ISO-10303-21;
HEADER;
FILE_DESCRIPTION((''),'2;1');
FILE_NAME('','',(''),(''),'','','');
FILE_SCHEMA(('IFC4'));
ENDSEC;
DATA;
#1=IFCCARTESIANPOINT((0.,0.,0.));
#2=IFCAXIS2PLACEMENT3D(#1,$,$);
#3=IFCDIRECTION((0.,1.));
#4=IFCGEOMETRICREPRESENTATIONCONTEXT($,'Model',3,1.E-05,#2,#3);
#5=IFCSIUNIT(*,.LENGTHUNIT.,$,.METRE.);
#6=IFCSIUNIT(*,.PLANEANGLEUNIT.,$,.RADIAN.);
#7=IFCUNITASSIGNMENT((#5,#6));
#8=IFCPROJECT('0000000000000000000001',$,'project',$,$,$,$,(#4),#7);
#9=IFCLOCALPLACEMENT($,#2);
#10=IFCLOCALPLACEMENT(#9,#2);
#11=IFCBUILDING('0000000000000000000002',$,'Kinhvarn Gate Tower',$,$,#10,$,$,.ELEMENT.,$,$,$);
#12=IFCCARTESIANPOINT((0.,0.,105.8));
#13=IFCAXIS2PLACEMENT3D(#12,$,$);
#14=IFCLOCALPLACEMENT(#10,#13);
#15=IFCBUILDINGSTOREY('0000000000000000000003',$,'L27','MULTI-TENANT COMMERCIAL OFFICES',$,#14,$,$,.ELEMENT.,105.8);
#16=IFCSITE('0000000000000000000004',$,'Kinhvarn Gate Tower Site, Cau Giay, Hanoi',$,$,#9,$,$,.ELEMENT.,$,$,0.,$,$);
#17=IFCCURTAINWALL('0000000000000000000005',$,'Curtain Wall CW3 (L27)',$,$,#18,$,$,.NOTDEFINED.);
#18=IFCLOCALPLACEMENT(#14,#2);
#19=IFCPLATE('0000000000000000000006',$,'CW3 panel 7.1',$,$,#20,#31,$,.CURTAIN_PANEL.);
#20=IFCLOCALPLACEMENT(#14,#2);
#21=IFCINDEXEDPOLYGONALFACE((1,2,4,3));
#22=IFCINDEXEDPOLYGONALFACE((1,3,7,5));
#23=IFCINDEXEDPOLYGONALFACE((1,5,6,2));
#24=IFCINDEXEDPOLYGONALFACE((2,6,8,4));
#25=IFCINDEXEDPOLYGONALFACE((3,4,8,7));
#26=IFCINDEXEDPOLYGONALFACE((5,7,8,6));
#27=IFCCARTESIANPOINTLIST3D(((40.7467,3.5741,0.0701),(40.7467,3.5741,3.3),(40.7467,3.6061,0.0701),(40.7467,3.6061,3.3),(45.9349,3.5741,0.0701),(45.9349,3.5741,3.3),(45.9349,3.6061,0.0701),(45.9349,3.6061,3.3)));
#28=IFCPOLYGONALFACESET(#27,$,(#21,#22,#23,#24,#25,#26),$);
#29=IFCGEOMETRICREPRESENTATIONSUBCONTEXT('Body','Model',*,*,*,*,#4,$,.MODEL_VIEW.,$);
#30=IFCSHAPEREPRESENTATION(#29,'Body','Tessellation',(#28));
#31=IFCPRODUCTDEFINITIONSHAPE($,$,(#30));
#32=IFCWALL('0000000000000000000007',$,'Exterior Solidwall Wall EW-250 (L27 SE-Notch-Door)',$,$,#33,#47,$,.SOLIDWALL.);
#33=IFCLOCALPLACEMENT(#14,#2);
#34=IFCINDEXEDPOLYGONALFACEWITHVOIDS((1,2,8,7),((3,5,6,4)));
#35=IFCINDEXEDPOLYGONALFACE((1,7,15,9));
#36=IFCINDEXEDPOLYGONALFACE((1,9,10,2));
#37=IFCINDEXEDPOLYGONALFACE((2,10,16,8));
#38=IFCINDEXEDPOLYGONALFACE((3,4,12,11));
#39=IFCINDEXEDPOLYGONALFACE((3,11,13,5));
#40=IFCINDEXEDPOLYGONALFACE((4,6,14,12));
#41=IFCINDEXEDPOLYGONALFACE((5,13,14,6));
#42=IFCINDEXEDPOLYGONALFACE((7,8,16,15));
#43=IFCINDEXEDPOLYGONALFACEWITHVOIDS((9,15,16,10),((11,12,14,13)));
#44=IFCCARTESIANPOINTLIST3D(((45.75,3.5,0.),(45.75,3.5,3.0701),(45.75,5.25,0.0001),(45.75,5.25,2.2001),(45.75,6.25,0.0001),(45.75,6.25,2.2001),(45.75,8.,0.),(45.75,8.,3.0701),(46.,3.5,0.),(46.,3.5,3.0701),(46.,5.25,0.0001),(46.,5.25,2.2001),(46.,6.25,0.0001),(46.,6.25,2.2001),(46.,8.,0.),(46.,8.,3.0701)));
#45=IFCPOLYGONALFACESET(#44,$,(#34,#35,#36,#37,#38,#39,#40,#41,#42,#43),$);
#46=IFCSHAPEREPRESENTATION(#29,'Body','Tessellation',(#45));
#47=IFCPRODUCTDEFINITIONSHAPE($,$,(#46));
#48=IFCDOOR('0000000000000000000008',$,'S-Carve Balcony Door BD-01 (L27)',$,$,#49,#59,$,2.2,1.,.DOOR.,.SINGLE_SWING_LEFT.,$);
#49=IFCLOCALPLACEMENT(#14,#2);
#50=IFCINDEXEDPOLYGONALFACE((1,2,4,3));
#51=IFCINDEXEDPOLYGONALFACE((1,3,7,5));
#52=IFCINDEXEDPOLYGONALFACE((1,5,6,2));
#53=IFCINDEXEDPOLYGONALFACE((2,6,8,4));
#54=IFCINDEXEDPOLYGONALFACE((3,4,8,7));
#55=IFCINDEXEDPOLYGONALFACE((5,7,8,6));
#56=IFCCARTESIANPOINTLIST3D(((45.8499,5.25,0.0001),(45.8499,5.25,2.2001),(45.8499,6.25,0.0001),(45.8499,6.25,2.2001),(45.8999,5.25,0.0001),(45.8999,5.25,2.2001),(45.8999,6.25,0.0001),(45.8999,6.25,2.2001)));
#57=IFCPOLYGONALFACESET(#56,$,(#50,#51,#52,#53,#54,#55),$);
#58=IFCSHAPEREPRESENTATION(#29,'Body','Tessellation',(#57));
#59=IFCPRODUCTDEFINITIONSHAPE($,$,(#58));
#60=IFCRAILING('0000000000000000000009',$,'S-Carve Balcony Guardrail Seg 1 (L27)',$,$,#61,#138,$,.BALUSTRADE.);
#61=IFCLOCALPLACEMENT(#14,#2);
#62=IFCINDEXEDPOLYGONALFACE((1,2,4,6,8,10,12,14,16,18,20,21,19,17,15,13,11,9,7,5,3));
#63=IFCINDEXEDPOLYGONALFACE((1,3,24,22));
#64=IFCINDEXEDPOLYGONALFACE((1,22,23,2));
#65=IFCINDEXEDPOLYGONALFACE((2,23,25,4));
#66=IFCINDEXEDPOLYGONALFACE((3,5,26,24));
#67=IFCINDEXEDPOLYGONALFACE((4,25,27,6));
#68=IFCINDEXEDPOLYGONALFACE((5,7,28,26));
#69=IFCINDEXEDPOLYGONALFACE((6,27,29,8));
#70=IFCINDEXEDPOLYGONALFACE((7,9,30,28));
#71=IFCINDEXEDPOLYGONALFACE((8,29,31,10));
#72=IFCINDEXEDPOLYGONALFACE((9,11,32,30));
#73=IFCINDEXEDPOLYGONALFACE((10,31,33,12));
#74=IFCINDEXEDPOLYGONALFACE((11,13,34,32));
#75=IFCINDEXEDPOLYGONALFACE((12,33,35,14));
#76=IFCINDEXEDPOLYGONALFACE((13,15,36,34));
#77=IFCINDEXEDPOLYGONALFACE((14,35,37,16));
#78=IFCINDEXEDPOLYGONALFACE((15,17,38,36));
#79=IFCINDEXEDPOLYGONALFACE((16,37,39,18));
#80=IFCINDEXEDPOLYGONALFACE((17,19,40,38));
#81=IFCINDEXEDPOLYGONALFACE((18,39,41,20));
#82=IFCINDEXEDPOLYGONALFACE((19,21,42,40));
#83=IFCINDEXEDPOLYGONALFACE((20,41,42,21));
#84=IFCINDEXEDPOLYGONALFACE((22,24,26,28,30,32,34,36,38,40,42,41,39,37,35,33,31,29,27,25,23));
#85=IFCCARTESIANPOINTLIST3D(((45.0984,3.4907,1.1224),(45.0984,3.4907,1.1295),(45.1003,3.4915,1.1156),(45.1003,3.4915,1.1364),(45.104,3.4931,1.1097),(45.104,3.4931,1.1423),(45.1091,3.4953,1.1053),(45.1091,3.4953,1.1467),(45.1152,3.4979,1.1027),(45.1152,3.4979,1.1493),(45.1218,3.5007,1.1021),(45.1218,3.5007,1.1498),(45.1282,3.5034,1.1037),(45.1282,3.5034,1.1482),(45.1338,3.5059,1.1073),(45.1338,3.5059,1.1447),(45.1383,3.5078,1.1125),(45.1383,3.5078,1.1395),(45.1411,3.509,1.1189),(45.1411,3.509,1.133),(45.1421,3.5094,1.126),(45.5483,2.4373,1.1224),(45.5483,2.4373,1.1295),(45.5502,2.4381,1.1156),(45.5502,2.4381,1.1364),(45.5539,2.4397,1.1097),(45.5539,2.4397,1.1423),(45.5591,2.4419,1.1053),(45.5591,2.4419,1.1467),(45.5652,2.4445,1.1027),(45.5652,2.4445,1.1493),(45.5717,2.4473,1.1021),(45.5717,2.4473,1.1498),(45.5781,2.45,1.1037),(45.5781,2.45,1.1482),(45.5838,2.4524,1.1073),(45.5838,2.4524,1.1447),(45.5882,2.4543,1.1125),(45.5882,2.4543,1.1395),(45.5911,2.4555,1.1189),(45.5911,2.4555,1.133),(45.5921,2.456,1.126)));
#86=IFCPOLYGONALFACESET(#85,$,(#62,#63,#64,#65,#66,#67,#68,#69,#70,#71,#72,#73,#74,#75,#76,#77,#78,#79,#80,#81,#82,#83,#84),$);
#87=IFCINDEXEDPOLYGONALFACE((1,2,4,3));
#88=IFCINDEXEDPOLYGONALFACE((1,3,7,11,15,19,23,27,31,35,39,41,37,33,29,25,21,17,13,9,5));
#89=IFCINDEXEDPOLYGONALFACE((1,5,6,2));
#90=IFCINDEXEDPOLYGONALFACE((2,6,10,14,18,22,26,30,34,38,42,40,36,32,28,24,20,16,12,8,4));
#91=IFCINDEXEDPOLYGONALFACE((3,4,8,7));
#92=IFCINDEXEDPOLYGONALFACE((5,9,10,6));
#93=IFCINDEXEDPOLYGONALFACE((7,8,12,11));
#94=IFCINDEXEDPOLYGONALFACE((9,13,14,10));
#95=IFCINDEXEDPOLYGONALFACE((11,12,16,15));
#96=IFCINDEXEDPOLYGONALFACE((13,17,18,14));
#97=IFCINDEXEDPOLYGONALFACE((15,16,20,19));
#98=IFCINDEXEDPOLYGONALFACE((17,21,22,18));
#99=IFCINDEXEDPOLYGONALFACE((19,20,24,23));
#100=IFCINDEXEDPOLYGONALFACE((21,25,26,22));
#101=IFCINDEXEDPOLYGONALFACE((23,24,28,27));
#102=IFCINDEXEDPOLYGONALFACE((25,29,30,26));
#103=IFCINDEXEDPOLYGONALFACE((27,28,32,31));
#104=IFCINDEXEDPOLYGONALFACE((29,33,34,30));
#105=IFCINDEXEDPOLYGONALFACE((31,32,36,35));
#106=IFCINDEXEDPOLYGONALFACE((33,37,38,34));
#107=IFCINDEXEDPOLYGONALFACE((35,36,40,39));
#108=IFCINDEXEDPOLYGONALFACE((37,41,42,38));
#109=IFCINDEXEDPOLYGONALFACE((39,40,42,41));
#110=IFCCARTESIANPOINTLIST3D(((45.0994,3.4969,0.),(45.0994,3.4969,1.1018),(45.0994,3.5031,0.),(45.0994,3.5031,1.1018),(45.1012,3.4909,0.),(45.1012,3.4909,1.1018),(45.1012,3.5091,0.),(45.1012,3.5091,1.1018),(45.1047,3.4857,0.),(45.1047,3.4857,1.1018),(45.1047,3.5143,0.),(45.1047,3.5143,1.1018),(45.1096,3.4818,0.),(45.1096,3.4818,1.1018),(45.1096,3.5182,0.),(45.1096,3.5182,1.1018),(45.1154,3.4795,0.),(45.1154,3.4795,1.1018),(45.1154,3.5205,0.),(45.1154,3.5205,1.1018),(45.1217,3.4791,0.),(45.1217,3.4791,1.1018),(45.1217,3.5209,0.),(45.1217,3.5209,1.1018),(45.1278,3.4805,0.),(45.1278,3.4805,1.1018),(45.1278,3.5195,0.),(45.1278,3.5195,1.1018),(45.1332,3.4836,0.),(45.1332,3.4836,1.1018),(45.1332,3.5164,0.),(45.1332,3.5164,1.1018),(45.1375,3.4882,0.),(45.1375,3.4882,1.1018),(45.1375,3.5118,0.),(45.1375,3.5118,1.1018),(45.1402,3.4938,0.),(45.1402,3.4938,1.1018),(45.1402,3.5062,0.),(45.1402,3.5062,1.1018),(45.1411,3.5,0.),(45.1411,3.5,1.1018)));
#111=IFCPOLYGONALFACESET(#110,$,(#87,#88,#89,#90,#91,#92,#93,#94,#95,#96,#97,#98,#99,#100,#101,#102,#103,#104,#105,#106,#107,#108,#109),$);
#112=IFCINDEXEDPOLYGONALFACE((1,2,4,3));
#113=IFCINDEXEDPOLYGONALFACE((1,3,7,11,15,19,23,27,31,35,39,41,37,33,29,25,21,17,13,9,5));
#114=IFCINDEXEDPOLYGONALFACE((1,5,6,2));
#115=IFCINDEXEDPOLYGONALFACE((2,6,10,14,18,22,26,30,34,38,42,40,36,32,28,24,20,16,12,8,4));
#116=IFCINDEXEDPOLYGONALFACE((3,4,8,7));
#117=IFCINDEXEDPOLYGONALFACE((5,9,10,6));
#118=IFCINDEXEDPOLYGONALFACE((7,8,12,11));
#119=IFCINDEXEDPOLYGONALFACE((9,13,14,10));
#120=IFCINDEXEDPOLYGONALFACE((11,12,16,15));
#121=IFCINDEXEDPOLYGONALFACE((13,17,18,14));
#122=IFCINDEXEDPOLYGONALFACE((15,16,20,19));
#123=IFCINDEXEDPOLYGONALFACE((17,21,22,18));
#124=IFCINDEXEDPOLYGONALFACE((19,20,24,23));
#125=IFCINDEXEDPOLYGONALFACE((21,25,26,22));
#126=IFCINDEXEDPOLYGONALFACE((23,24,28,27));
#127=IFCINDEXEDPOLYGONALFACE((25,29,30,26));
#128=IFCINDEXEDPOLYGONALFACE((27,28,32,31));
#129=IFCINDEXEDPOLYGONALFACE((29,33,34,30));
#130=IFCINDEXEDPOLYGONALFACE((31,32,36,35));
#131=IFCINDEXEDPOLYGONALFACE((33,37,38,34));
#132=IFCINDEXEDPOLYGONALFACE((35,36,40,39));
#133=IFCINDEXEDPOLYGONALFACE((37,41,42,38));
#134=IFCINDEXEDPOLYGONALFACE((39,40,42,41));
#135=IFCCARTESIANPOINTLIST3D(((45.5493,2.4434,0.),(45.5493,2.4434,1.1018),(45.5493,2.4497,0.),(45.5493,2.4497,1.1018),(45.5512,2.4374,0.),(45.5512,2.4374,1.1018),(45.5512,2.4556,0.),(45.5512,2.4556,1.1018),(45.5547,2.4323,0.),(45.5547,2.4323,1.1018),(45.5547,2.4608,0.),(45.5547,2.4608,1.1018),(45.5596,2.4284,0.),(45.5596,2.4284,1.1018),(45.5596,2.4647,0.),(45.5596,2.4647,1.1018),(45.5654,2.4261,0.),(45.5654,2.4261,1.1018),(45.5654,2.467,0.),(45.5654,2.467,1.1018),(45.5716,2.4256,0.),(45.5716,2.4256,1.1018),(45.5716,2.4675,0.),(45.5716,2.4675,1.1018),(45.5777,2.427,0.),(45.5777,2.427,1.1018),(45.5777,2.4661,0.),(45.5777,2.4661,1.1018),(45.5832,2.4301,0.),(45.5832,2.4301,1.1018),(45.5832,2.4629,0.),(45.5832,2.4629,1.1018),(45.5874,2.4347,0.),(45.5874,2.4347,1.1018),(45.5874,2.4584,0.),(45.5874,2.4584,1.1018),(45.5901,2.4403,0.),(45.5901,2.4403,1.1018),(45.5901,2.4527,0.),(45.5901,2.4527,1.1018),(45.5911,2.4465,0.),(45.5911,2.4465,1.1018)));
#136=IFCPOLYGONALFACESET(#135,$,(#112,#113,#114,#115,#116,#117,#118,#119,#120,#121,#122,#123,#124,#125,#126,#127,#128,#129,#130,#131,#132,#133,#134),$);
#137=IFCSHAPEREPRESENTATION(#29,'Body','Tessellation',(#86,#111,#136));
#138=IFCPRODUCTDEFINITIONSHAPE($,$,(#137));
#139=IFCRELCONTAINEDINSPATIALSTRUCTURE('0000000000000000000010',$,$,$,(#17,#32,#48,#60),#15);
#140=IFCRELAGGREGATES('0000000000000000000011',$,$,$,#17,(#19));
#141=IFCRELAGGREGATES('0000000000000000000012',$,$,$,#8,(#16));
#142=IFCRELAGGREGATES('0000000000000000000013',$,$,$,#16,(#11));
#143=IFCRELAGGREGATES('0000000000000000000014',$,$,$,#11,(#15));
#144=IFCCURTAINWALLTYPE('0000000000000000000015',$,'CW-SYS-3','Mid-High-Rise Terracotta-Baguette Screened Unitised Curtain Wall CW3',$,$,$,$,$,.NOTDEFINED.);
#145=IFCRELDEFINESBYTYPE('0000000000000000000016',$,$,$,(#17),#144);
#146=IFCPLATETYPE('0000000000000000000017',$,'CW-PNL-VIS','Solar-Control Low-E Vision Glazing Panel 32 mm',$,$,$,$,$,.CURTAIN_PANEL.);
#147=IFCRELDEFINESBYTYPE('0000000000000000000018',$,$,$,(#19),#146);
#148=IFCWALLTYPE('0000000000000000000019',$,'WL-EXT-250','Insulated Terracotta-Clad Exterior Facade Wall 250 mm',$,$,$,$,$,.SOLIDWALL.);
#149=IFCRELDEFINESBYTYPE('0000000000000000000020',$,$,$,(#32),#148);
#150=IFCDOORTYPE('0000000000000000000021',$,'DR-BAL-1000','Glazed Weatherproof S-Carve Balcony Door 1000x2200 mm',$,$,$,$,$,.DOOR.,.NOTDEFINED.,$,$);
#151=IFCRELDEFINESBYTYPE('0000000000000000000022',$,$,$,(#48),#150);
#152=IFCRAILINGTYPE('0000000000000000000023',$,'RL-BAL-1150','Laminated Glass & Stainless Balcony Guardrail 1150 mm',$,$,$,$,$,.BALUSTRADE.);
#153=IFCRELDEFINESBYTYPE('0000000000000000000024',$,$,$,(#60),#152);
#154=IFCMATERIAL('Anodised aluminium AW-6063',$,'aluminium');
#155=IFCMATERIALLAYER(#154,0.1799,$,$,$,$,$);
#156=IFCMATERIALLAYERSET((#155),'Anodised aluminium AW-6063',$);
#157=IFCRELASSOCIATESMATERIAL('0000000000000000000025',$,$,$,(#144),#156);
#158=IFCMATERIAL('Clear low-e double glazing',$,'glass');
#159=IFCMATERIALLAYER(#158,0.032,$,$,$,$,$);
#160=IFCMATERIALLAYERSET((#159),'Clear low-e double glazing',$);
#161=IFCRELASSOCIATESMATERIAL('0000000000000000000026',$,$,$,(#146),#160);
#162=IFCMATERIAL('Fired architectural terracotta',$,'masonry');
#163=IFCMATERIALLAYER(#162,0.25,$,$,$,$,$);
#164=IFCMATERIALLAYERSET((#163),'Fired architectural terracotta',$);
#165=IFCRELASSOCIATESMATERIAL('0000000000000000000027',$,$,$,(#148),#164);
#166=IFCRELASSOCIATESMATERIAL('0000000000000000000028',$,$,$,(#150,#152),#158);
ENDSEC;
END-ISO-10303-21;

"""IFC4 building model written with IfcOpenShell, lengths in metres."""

from ifc_helpers import new_model, si_unit, direction, frame, frame_2d, origin, origin_2d, place, context, subcontext, project, spatial, rectangle, circle, extrude, material, layer, layer_set, type_object, element, fill, aggregate, save


model = new_model("IFC4")

# Units and contexts
model_context = context("Model", 3, precision=1e-05, world=origin(), true_north=direction((0.0, 1.0)))
body_context = subcontext(model_context, "Body", "Model", "MODEL_VIEW")
ifc_project = project(units=[si_unit("LENGTHUNIT", "METRE"), si_unit("PLANEANGLEUNIT", "RADIAN")], contexts=[model_context])

# Site, building, storey
site_placement = place(None, origin())
site = spatial("IfcSite", under=ifc_project, at=site_placement, Name="Kinhvarn Gate Tower Site, Cau Giay, Hanoi", CompositionType="ELEMENT", RefElevation=0.0)
building_placement = place(site_placement, origin())
building = spatial("IfcBuilding", under=site, at=building_placement, Name="Kinhvarn Gate Tower", CompositionType="ELEMENT")
storey_placement = place(building_placement, frame((0.0, 0.0, 105.8)))
storey = spatial("IfcBuildingStorey", under=building, at=storey_placement, Name="L27", Description="MULTI-TENANT COMMERCIAL OFFICES", CompositionType="ELEMENT", Elevation=105.8)

# Curtain wall
ifc_material_1 = material(Name="Anodised aluminium AW-6063", Category="aluminium")
ifc_layer_1 = layer(ifc_material_1, 0.1799)
ifc_layer_set_1 = layer_set([ifc_layer_1], Name="Anodised aluminium AW-6063")
curtain_wall_type = type_object("IfcCurtainWallType", Name="CW-SYS-3", Description="Mid-High-Rise Terracotta-Baguette Screened Unitised Curtain Wall CW3", PredefinedType="NOTDEFINED", material=ifc_layer_set_1)
curtain_wall_1_placement = place(storey_placement, origin())
curtain_wall_1 = element("IfcCurtainWall", 1, at=curtain_wall_1_placement, inside=storey, type_object=curtain_wall_type, Name="Curtain Wall CW3 (L27)", PredefinedType="NOTDEFINED")

# Plate
ifc_material_2 = material(Name="Clear low-e double glazing", Category="glass")
ifc_layer_2 = layer(ifc_material_2, 0.032)
ifc_layer_set_2 = layer_set([ifc_layer_2], Name="Clear low-e double glazing")
plate_type = type_object("IfcPlateType", Name="CW-PNL-VIS", Description="Solar-Control Low-E Vision Glazing Panel 32 mm", PredefinedType="CURTAIN_PANEL", material=ifc_layer_set_2)
plate_placement = place(storey_placement, frame((43.3408, 3.5901, 0.0701), z_axis=(0.0, 0.0, 1.0), x_axis=(1.0, 0.0, 0.0)))
plate = element("IfcPlate", 2, at=plate_placement, type_object=plate_type, Name="CW3 panel 7.1", PredefinedType="CURTAIN_PANEL", context=body_context, shape_type="SweptSolid", body=[
    extrude(rectangle(XDim=5.1882, YDim=0.032, at=origin_2d()), origin(), (0.0, 0.0, 1.0), 3.23),
])
aggregate(curtain_wall_1, [plate])

# Wall, opening, door
ifc_material_3 = material(Name="Fired architectural terracotta", Category="masonry")
ifc_layer_3 = layer(ifc_material_3, 0.25)
ifc_layer_set_3 = layer_set([ifc_layer_3], Name="Fired architectural terracotta")
wall_type = type_object("IfcWallType", Name="WL-EXT-250", Description="Insulated Terracotta-Clad Exterior Facade Wall 250 mm", PredefinedType="SOLIDWALL", material=ifc_layer_set_3)
wall_placement = place(storey_placement, frame((45.875, 3.5, 0.0), z_axis=(0.0, 0.0, 1.0), x_axis=(0.0, 1.0, 0.0)))
wall = element("IfcWall", 3, at=wall_placement, inside=storey, type_object=wall_type, Name="Exterior Solidwall Wall EW-250 (L27 SE-Notch-Door)", PredefinedType="SOLIDWALL", context=body_context, shape_type="SweptSolid", body=[
    extrude(rectangle(XDim=4.5, YDim=0.25, at=frame_2d((2.25, 0.0))), origin(), (0.0, 0.0, 1.0), 3.0701),
])
opening_placement = place(wall_placement, frame((1.75, 0.0, 0.0)))
opening = element("IfcOpeningElement", 4, at=opening_placement, cuts=wall, PredefinedType="OPENING", context=body_context, shape_type="SweptSolid", body=[
    extrude(rectangle(XDim=1.0, YDim=2.2, at=frame_2d((0.5, 1.1001))), frame((0.0, 0.135, 0.0), z_axis=(0.0, -1.0, 0.0), x_axis=(1.0, 0.0, 0.0)), (0.0, 0.0, 1.0), 0.27),
])
door_type = type_object("IfcDoorType", Name="DR-BAL-1000", Description="Glazed Weatherproof S-Carve Balcony Door 1000x2200 mm", OperationType="NOTDEFINED", PredefinedType="DOOR", material=ifc_material_2)
door_placement = place(opening_placement, frame((1.0, 0.0, 0.0), z_axis=(0.0, 0.0, 1.0), x_axis=(-1.0, 0.0, 0.0)))
door = element("IfcDoor", 5, at=door_placement, inside=storey, type_object=door_type, Name="S-Carve Balcony Door BD-01 (L27)", OperationType="SINGLE_SWING_LEFT", OverallHeight=2.2, OverallWidth=1.0, PredefinedType="DOOR", context=body_context, shape_type="SweptSolid", body=[
    extrude(rectangle(XDim=1.0, YDim=2.2, at=frame_2d((0.5, 1.1001))), frame((0.0, 0.0249, 0.0), z_axis=(0.0, -1.0, 0.0), x_axis=(1.0, 0.0, 0.0)), (0.0, 0.0, 1.0), 0.05),
])
fill(opening, door)

# Railing
railing_type = type_object("IfcRailingType", Name="RL-BAL-1150", Description="Laminated Glass & Stainless Balcony Guardrail 1150 mm", PredefinedType="BALUSTRADE", material=ifc_material_2)
railing_1_placement = place(storey_placement, frame((45.1201, 3.5, 0.0)))
element("IfcRailing", 6, at=railing_1_placement, inside=storey, type_object=railing_type, Name="S-Carve Balcony Guardrail Seg 1 (L27)", PredefinedType="BALUSTRADE", context=body_context, shape_type="SweptSolid", body=[
    extrude(circle(Radius=0.0239, at=origin_2d()), frame((0.0, 0.0, 1.126), z_axis=(0.392787, -0.919629, 0.0), x_axis=(0.919629, 0.392787, 0.0)), (0.0, 0.0, 1.0), 1.1455),
    extrude(circle(Radius=0.021, at=origin_2d()), origin(), (0.0, 0.0, 1.0), 1.1018),
    extrude(circle(Radius=0.021, at=origin_2d()), frame((0.45, -1.0535, 0.0)), (0.0, 0.0, 1.0), 1.1018),
])

save(model, "model.ifc")
